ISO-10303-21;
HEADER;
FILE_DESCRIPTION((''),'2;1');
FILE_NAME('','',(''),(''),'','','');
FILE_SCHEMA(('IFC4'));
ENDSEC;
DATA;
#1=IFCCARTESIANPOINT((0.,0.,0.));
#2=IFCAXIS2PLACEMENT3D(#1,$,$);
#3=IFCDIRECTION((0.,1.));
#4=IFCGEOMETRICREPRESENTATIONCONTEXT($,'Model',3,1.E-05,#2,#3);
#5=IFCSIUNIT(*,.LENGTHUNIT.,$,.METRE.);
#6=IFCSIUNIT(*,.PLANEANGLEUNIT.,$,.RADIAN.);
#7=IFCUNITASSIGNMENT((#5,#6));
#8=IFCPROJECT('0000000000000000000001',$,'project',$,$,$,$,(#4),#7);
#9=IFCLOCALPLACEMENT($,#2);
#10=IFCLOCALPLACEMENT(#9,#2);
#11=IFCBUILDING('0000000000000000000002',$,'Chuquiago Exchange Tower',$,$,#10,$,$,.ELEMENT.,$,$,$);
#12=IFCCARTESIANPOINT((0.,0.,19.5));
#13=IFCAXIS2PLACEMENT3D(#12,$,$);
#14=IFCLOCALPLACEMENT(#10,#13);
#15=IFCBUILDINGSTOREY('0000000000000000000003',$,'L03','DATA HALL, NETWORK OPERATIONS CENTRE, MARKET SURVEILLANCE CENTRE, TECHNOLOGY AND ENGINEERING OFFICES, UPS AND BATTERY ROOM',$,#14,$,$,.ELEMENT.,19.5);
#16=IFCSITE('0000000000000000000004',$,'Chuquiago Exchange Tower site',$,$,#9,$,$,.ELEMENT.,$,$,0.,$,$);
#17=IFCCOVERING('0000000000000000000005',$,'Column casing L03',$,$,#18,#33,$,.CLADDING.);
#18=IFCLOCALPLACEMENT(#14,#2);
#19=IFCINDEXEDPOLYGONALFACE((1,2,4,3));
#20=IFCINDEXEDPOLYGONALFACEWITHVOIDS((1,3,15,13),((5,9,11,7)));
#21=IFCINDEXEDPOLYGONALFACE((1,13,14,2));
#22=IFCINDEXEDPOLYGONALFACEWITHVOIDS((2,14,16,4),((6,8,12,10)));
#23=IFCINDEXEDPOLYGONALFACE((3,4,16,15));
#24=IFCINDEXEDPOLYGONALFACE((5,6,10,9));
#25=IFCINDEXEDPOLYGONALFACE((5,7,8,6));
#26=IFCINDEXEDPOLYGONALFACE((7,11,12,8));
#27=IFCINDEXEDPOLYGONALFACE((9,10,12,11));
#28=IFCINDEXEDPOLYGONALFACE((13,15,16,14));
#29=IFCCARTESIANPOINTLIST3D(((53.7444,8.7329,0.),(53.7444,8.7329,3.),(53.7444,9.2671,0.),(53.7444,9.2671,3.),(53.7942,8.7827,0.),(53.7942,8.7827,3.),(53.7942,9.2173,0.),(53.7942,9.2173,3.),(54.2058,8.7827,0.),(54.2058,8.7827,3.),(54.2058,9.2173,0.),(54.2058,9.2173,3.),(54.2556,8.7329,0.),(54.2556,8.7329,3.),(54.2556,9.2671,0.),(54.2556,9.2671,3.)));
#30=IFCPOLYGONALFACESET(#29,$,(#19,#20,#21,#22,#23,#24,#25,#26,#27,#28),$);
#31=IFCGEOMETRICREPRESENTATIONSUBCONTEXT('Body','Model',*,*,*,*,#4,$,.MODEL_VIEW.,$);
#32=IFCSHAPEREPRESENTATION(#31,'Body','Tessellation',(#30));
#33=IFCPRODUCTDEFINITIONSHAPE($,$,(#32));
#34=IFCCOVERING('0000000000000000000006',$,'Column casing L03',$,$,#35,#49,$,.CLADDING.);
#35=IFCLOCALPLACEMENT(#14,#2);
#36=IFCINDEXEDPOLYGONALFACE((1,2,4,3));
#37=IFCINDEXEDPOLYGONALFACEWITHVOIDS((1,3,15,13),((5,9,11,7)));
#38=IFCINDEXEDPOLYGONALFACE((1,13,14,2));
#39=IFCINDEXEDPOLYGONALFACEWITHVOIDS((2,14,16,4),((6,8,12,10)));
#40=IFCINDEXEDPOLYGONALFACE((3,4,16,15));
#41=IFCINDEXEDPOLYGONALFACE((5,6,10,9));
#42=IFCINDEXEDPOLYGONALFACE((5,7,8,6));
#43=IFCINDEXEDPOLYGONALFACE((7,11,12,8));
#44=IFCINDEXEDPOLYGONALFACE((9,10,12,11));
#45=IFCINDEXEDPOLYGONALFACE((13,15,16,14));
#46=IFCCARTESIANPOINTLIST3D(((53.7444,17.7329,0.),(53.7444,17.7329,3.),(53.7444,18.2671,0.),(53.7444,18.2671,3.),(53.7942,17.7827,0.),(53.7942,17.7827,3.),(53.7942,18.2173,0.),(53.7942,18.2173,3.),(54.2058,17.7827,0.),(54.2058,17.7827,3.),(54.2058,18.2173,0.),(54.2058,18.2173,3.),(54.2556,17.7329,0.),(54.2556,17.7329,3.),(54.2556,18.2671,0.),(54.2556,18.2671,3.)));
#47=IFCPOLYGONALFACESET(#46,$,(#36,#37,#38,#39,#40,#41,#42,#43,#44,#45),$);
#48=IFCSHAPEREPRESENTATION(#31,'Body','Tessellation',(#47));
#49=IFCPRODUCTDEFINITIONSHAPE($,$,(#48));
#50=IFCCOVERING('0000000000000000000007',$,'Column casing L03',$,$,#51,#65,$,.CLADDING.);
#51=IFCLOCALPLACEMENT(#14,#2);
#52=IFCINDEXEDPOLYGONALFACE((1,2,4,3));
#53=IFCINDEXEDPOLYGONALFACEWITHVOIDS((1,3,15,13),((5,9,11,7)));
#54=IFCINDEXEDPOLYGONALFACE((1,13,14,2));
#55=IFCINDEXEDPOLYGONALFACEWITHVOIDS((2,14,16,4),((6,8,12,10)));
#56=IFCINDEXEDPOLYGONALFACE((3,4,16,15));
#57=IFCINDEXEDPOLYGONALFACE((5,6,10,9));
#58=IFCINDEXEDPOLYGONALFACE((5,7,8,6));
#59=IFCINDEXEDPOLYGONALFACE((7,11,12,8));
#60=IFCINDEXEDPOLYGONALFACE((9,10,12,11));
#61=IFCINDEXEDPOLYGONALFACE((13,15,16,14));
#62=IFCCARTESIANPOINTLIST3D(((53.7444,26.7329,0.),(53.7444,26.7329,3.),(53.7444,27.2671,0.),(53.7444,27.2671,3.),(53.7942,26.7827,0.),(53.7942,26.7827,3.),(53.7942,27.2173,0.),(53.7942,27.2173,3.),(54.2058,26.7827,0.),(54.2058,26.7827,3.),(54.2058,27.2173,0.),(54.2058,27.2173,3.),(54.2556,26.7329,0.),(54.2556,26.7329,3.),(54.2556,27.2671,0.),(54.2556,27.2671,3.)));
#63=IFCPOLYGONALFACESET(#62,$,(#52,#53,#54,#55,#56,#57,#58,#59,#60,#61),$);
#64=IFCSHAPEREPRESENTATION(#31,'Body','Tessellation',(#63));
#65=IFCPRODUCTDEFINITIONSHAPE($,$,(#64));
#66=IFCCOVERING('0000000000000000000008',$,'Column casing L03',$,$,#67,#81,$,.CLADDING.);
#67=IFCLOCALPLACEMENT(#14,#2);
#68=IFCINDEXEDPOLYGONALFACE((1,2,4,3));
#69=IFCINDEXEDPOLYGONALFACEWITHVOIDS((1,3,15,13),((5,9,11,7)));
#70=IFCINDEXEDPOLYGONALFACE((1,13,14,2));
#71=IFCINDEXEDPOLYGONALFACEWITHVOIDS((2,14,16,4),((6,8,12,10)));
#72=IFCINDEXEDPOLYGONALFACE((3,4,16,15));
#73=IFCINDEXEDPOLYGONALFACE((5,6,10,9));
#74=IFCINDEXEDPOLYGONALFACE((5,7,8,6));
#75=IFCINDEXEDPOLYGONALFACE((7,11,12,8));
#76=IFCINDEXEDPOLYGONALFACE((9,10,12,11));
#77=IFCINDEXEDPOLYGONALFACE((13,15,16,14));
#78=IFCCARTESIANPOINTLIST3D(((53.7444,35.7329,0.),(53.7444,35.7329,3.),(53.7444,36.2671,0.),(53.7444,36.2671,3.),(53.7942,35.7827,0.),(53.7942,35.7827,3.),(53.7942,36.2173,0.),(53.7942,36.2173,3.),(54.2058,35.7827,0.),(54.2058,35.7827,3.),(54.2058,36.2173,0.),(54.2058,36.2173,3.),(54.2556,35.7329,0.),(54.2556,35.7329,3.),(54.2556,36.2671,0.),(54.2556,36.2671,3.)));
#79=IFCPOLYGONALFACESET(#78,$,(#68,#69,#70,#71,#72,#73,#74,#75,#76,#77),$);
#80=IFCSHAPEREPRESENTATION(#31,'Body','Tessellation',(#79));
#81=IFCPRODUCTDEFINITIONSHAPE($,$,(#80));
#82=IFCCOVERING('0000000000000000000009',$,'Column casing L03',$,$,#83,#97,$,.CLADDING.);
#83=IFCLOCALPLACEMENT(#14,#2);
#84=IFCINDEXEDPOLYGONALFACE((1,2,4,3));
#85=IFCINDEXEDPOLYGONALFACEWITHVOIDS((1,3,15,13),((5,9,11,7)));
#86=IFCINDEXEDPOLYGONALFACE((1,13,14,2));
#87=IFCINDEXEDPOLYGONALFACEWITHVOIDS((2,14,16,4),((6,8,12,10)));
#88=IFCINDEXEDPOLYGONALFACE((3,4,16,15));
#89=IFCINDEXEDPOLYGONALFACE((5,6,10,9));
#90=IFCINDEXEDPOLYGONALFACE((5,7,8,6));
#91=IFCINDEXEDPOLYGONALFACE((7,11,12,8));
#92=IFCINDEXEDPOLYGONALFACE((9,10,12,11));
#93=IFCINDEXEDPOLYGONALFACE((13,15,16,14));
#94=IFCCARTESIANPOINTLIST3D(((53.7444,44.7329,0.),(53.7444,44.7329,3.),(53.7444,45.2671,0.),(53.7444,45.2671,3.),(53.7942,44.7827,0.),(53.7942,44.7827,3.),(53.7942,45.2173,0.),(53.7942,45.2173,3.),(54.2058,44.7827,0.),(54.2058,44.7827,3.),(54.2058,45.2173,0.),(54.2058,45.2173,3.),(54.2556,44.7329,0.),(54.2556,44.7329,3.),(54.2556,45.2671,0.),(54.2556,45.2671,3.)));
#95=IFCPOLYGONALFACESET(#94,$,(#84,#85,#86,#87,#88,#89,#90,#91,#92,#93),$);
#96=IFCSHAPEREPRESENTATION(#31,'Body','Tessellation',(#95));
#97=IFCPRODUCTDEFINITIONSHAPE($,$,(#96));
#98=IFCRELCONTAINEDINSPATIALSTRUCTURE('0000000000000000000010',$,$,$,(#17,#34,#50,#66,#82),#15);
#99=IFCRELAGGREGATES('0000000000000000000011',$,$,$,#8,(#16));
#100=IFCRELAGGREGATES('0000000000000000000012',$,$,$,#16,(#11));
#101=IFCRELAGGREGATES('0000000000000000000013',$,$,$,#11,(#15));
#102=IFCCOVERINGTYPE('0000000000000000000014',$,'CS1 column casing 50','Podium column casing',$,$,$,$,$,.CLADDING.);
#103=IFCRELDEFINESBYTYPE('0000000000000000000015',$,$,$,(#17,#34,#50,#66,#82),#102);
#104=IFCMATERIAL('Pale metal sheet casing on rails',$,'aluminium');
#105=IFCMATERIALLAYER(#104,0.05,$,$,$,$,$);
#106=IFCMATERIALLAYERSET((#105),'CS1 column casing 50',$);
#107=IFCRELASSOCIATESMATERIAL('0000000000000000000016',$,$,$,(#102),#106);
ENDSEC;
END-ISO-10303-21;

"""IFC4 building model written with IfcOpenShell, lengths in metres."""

from ifc_helpers import new_model, si_unit, direction, frame, origin, place, context, subcontext, project, spatial, polyline, outline, extrude, material, layer, layer_set, type_object, element, save


model = new_model("IFC4")

# Units and contexts
model_context = context("Model", 3, precision=1e-05, world=origin(), true_north=direction((0.0, 1.0)))
body_context = subcontext(model_context, "Body", "Model", "MODEL_VIEW")
ifc_project = project(units=[si_unit("LENGTHUNIT", "METRE"), si_unit("PLANEANGLEUNIT", "RADIAN")], contexts=[model_context])

# Site, building, storey
site_placement = place(None, origin())
site = spatial("IfcSite", under=ifc_project, at=site_placement, Name="Chuquiago Exchange Tower site", CompositionType="ELEMENT", RefElevation=0.0)
building_placement = place(site_placement, origin())
building = spatial("IfcBuilding", under=site, at=building_placement, Name="Chuquiago Exchange Tower", CompositionType="ELEMENT")
storey_placement = place(building_placement, frame((0.0, 0.0, 19.5)))
storey = spatial("IfcBuildingStorey", under=building, at=storey_placement, Name="L03", Description="DATA HALL, NETWORK OPERATIONS CENTRE, MARKET SURVEILLANCE CENTRE, TECHNOLOGY AND ENGINEERING OFFICES, UPS AND BATTERY ROOM", CompositionType="ELEMENT", Elevation=19.5)

# Coverings
ifc_material_1 = material(Name="Pale metal sheet casing on rails", Category="aluminium")
ifc_layer = layer(ifc_material_1, 0.05)
ifc_layer_set = layer_set([ifc_layer], Name="CS1 column casing 50")
covering_type = type_object("IfcCoveringType", Name="CS1 column casing 50", Description="Podium column casing", PredefinedType="CLADDING", material=ifc_layer_set)
covering_1_placement = place(storey_placement, origin())
element("IfcCovering", 1, at=covering_1_placement, inside=storey, type_object=covering_type, Name="Column casing L03", PredefinedType="CLADDING", context=body_context, shape_type="SweptSolid", body=[
    extrude(outline(polyline([(53.7444, 8.7329), (54.2556, 8.7329), (54.2556, 9.2671), (53.7444, 9.2671), (53.7444, 8.7329)]), holes=[polyline([(53.7942, 8.7827), (53.7942, 9.2173), (54.2058, 9.2173), (54.2058, 8.7827), (53.7942, 8.7827)])]), origin(), (0.0, 0.0, 1.0), 3.0),
])
covering_2_placement = place(storey_placement, origin())
element("IfcCovering", 2, at=covering_2_placement, inside=storey, type_object=covering_type, Name="Column casing L03", PredefinedType="CLADDING", context=body_context, shape_type="SweptSolid", body=[
    extrude(outline(polyline([(53.7444, 17.7329), (54.2556, 17.7329), (54.2556, 18.2671), (53.7444, 18.2671), (53.7444, 17.7329)]), holes=[polyline([(53.7942, 17.7827), (53.7942, 18.2173), (54.2058, 18.2173), (54.2058, 17.7827), (53.7942, 17.7827)])]), origin(), (0.0, 0.0, 1.0), 3.0),
])
covering_3_placement = place(storey_placement, origin())
element("IfcCovering", 3, at=covering_3_placement, inside=storey, type_object=covering_type, Name="Column casing L03", PredefinedType="CLADDING", context=body_context, shape_type="SweptSolid", body=[
    extrude(outline(polyline([(53.7444, 26.7329), (54.2556, 26.7329), (54.2556, 27.2671), (53.7444, 27.2671), (53.7444, 26.7329)]), holes=[polyline([(53.7942, 26.7827), (53.7942, 27.2173), (54.2058, 27.2173), (54.2058, 26.7827), (53.7942, 26.7827)])]), origin(), (0.0, 0.0, 1.0), 3.0),
])
covering_4_placement = place(storey_placement, origin())
element("IfcCovering", 4, at=covering_4_placement, inside=storey, type_object=covering_type, Name="Column casing L03", PredefinedType="CLADDING", context=body_context, shape_type="SweptSolid", body=[
    extrude(outline(polyline([(53.7444, 35.7329), (54.2556, 35.7329), (54.2556, 36.2671), (53.7444, 36.2671), (53.7444, 35.7329)]), holes=[polyline([(53.7942, 35.7827), (53.7942, 36.2173), (54.2058, 36.2173), (54.2058, 35.7827), (53.7942, 35.7827)])]), origin(), (0.0, 0.0, 1.0), 3.0),
])
covering_5_placement = place(storey_placement, origin())
element("IfcCovering", 5, at=covering_5_placement, inside=storey, type_object=covering_type, Name="Column casing L03", PredefinedType="CLADDING", context=body_context, shape_type="SweptSolid", body=[
    extrude(outline(polyline([(53.7444, 44.7329), (54.2556, 44.7329), (54.2556, 45.2671), (53.7444, 45.2671), (53.7444, 44.7329)]), holes=[polyline([(53.7942, 44.7827), (53.7942, 45.2173), (54.2058, 45.2173), (54.2058, 44.7827), (53.7942, 44.7827)])]), origin(), (0.0, 0.0, 1.0), 3.0),
])

save(model, "model.ifc")
